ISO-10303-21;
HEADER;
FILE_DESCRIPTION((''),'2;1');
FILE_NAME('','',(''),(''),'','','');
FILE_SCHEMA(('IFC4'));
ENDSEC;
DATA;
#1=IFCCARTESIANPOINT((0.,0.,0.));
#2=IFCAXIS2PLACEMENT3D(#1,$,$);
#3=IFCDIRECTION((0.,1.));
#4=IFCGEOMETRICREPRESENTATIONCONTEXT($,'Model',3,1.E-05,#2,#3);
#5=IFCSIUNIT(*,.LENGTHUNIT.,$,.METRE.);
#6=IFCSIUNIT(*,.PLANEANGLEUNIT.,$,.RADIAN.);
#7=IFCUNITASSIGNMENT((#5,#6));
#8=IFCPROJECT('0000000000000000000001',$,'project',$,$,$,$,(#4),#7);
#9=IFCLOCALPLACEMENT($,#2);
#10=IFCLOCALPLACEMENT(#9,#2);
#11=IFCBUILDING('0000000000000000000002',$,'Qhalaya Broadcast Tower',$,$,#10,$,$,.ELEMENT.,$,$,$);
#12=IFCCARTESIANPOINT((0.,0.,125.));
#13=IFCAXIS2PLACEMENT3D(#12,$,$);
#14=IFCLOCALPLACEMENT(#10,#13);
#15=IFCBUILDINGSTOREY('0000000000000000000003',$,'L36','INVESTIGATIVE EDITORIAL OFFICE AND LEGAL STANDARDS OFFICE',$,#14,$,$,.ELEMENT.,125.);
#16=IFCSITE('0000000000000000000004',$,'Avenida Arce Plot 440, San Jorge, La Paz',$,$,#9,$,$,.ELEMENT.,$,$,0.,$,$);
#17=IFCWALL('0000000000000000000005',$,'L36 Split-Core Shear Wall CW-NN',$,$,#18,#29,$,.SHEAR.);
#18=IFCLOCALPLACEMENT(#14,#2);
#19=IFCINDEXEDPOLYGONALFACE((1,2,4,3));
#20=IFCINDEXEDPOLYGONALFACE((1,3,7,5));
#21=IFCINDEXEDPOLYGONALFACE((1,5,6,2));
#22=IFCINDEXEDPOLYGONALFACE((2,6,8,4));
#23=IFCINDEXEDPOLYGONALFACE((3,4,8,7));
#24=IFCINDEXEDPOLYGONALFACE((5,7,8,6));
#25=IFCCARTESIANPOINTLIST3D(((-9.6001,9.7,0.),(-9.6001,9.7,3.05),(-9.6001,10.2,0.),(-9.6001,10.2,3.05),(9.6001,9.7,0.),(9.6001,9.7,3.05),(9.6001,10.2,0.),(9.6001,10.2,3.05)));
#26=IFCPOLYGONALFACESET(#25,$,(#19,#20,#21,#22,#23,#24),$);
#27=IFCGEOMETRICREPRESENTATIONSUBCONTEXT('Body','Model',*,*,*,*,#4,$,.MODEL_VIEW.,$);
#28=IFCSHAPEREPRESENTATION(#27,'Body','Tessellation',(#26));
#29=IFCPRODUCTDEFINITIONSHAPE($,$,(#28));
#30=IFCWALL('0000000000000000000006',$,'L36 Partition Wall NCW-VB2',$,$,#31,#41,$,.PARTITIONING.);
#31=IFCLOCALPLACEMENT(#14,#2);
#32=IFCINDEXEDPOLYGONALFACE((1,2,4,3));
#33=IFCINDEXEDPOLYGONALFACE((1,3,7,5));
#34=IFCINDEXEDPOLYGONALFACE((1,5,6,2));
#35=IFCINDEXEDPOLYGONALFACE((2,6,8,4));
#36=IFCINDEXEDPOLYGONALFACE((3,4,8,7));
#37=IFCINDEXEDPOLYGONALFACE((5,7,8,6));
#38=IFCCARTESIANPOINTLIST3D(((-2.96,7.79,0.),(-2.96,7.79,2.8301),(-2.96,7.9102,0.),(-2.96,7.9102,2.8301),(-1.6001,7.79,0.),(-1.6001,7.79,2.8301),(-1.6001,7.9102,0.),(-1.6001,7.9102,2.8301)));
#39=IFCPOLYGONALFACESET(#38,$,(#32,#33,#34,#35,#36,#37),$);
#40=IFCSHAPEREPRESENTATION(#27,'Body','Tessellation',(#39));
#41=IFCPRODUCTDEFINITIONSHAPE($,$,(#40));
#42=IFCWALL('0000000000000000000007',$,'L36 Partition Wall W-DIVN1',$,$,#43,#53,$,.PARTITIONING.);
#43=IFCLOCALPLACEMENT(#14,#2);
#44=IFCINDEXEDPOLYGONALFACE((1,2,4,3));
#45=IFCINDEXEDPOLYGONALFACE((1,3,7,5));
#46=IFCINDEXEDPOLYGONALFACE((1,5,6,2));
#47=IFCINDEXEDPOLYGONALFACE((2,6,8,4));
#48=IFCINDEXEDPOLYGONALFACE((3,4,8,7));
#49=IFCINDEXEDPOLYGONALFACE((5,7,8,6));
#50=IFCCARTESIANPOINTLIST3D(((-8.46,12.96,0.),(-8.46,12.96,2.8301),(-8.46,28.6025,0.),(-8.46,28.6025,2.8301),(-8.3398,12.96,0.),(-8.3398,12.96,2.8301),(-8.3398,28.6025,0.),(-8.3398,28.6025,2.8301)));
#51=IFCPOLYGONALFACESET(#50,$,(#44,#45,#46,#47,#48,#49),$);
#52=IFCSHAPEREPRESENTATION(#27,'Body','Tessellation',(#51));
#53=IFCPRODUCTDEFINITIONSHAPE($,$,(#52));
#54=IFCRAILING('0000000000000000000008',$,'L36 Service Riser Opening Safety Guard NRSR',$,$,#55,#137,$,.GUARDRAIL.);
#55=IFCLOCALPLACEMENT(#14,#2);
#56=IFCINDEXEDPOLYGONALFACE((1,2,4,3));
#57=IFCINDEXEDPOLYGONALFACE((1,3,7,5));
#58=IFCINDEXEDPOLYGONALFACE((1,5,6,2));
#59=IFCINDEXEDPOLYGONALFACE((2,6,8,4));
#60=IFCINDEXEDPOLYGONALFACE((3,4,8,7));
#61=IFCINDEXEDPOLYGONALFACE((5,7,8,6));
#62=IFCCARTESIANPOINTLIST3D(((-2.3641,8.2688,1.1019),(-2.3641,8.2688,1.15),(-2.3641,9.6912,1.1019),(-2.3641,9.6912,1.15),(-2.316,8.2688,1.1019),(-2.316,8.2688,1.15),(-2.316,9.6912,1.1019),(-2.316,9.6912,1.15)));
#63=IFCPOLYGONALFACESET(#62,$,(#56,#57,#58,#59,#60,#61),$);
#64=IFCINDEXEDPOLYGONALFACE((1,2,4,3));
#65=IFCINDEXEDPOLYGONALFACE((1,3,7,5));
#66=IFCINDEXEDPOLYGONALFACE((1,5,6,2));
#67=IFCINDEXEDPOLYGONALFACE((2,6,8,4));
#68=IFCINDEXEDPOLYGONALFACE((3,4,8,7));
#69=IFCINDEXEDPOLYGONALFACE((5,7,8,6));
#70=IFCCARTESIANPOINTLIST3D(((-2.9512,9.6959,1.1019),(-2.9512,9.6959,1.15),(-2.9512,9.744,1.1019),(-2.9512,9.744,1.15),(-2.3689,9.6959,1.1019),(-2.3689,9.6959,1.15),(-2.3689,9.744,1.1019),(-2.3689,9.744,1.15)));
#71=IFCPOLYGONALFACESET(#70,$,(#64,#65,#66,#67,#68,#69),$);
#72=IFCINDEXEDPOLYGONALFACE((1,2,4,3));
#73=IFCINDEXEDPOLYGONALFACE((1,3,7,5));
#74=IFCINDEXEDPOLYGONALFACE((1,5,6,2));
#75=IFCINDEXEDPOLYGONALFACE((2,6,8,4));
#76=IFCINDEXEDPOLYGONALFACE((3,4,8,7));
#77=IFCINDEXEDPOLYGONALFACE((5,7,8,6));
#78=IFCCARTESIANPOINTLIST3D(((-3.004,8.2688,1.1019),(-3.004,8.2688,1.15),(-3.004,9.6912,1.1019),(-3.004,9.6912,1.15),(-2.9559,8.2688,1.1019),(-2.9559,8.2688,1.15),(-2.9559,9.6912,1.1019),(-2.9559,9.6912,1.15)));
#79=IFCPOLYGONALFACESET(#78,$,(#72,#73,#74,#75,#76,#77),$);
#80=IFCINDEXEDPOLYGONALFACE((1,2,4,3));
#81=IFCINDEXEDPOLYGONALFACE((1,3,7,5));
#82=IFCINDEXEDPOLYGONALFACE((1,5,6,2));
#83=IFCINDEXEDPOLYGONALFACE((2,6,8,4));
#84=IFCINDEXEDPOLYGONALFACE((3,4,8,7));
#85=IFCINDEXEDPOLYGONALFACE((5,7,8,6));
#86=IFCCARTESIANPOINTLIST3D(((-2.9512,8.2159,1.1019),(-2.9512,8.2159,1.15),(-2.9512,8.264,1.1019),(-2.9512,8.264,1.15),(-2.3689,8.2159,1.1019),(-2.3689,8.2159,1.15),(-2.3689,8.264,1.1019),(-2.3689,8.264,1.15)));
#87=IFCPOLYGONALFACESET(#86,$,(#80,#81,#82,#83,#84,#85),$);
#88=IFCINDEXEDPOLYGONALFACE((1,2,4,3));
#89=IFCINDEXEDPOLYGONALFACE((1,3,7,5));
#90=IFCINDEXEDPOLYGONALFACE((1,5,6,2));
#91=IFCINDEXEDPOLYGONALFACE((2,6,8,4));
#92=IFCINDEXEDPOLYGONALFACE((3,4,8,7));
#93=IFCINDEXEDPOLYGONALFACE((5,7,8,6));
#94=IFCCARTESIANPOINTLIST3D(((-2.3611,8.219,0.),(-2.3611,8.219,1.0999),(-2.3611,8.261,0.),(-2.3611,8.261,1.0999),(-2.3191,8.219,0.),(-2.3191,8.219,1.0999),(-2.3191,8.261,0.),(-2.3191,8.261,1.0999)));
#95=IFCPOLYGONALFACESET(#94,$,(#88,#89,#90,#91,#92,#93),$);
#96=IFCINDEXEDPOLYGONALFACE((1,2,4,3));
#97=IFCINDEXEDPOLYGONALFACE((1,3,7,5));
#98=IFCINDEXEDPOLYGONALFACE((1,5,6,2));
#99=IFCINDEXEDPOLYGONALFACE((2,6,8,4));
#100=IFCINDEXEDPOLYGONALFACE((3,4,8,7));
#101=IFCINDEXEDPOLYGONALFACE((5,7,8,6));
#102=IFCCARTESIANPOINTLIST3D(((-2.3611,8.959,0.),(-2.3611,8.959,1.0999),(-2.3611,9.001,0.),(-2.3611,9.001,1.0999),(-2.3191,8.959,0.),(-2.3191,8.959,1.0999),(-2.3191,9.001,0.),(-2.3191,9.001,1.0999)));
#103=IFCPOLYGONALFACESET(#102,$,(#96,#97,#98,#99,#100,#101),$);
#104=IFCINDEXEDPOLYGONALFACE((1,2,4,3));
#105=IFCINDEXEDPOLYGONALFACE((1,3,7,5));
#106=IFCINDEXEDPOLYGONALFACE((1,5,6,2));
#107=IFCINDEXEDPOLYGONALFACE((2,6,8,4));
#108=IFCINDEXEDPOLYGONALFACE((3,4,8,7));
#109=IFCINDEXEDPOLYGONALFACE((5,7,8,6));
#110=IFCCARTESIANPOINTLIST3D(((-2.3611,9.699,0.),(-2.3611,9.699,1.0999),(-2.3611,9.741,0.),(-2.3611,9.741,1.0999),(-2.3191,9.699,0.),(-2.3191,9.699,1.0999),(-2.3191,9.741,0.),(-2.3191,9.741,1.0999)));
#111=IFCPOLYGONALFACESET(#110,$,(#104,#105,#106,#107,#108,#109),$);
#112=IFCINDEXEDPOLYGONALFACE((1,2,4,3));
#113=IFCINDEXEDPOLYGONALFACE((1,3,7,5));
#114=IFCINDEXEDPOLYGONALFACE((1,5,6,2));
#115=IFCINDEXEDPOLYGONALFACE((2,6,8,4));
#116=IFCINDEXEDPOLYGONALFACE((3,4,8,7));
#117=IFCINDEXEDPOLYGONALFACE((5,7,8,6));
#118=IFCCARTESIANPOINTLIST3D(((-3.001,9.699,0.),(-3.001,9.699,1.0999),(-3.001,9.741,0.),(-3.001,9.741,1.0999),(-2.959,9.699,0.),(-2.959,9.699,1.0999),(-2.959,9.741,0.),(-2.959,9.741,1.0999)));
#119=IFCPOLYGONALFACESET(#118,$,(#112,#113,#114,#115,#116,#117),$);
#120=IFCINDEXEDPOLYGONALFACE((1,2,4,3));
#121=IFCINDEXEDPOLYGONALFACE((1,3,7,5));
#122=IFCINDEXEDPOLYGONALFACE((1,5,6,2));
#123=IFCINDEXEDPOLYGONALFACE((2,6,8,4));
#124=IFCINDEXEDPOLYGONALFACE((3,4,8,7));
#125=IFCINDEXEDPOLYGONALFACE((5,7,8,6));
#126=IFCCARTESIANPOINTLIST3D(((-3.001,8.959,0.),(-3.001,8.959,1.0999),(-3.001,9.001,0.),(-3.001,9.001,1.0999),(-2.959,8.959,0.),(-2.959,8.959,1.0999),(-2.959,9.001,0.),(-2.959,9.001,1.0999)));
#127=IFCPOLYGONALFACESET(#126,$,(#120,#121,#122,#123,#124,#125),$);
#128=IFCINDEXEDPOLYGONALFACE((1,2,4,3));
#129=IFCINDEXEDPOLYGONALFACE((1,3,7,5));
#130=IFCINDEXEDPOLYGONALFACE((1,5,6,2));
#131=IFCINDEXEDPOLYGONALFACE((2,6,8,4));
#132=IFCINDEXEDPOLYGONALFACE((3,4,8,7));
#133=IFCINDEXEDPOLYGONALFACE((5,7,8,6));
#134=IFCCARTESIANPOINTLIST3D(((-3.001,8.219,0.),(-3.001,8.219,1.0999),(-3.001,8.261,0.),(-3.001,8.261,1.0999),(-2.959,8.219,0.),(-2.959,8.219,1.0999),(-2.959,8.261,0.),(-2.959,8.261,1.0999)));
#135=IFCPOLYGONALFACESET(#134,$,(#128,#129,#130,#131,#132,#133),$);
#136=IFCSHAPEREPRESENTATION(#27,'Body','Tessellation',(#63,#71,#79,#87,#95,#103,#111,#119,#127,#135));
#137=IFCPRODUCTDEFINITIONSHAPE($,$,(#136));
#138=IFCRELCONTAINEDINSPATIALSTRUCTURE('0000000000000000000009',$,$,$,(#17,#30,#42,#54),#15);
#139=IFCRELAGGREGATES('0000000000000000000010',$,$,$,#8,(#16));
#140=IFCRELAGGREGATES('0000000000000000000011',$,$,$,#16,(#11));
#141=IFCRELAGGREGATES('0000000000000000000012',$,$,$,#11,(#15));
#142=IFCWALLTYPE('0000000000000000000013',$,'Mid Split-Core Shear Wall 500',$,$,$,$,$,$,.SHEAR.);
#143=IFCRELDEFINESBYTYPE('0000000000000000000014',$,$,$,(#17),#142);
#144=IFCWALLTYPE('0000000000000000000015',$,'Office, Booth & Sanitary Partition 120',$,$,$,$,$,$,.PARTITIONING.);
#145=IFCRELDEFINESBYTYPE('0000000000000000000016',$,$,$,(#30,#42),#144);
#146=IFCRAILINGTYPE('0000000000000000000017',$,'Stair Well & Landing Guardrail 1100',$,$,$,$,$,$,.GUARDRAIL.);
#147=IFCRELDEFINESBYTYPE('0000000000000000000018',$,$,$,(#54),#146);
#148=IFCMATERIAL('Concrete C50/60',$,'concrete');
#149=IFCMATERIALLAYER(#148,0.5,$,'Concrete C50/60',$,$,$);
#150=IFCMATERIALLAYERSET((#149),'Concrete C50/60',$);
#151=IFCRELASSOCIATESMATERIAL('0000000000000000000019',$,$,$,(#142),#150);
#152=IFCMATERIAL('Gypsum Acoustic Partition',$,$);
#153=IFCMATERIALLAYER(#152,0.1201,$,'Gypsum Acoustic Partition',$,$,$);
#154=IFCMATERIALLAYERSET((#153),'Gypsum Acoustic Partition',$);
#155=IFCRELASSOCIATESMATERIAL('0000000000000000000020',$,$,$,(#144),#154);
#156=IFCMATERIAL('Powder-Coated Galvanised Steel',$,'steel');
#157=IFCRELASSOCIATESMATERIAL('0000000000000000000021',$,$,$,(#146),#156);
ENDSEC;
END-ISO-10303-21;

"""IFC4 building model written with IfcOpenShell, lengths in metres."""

from ifc_helpers import new_model, si_unit, direction, frame, frame_2d, origin, origin_2d, place, context, subcontext, project, spatial, rectangle, extrude, material, layer, layer_set, type_object, element, save


model = new_model("IFC4")

# Units and contexts
model_context = context("Model", 3, precision=1e-05, world=origin(), true_north=direction((0.0, 1.0)))
body_context = subcontext(model_context, "Body", "Model", "MODEL_VIEW")
ifc_project = project(units=[si_unit("LENGTHUNIT", "METRE"), si_unit("PLANEANGLEUNIT", "RADIAN")], contexts=[model_context])

# Site, building, storey
site_placement = place(None, origin())
site = spatial("IfcSite", under=ifc_project, at=site_placement, Name="Avenida Arce Plot 440, San Jorge, La Paz", CompositionType="ELEMENT", RefElevation=0.0)
building_placement = place(site_placement, origin())
building = spatial("IfcBuilding", under=site, at=building_placement, Name="Qhalaya Broadcast Tower", CompositionType="ELEMENT")
storey_placement = place(building_placement, frame((0.0, 0.0, 125.0)))
storey = spatial("IfcBuildingStorey", under=building, at=storey_placement, Name="L36", Description="INVESTIGATIVE EDITORIAL OFFICE AND LEGAL STANDARDS OFFICE", CompositionType="ELEMENT", Elevation=125.0)

# Shared definitions
ifc_material_1 = material(Name="Concrete C50/60", Category="concrete")

# Shared definitions
ifc_material_2 = material(Name="Gypsum Acoustic Partition")

# Walls
ifc_layer_1 = layer(ifc_material_1, 0.5, Name="Concrete C50/60")
ifc_layer_set_1 = layer_set([ifc_layer_1], Name="Concrete C50/60")
wall_type_1 = type_object("IfcWallType", Name="Mid Split-Core Shear Wall 500", PredefinedType="SHEAR", material=ifc_layer_set_1)
wall_1_placement = place(storey_placement, frame((-9.6001, 9.95, 0.0), z_axis=(0.0, 0.0, 1.0), x_axis=(1.0, 0.0, 0.0)))
element("IfcWall", 1, at=wall_1_placement, inside=storey, type_object=wall_type_1, Name="L36 Split-Core Shear Wall CW-NN", PredefinedType="SHEAR", context=body_context, shape_type="SweptSolid", body=[
    extrude(rectangle(XDim=19.2002, YDim=0.5, at=frame_2d((9.6001, 0.0))), origin(), (0.0, 0.0, 1.0), 3.05),
])
ifc_layer_2 = layer(ifc_material_2, 0.1201, Name="Gypsum Acoustic Partition")
ifc_layer_set_2 = layer_set([ifc_layer_2], Name="Gypsum Acoustic Partition")
wall_type_2 = type_object("IfcWallType", Name="Office, Booth & Sanitary Partition 120", PredefinedType="PARTITIONING", material=ifc_layer_set_2)
wall_2_placement = place(storey_placement, frame((-2.96, 7.8501, 0.0), z_axis=(0.0, 0.0, 1.0), x_axis=(1.0, 0.0, 0.0)))
element("IfcWall", 2, at=wall_2_placement, inside=storey, type_object=wall_type_2, Name="L36 Partition Wall NCW-VB2", PredefinedType="PARTITIONING", context=body_context, shape_type="SweptSolid", body=[
    extrude(rectangle(XDim=1.3599, YDim=0.1201, at=frame_2d((0.6799, 0.0))), origin(), (0.0, 0.0, 1.0), 2.8301),
])
wall_3_placement = place(storey_placement, frame((-8.3999, 12.96, 0.0), z_axis=(0.0, 0.0, 1.0), x_axis=(0.0, 1.0, 0.0)))
element("IfcWall", 3, at=wall_3_placement, inside=storey, type_object=wall_type_2, Name="L36 Partition Wall W-DIVN1", PredefinedType="PARTITIONING", context=body_context, shape_type="SweptSolid", body=[
    extrude(rectangle(XDim=15.6426, YDim=0.1201, at=frame_2d((7.8213, 0.0))), origin(), (0.0, 0.0, 1.0), 2.8301),
])

# Railing
ifc_material_3 = material(Name="Powder-Coated Galvanised Steel", Category="steel")
railing_type = type_object("IfcRailingType", Name="Stair Well & Landing Guardrail 1100", PredefinedType="GUARDRAIL", material=ifc_material_3)
railing_placement = place(storey_placement, frame((-2.3401, 8.24, 0.0)))
element("IfcRailing", 4, at=railing_placement, inside=storey, type_object=railing_type, Name="L36 Service Riser Opening Safety Guard NRSR", PredefinedType="GUARDRAIL", context=body_context, shape_type="SweptSolid", body=[
    extrude(rectangle(XDim=0.0481, YDim=0.0481, at=origin_2d()), frame((0.0, 0.0288, 1.126), z_axis=(0.0, 1.0, 0.0), x_axis=(-1.0, 0.0, 0.0)), (0.0, 0.0, 1.0), 1.4224),
    extrude(rectangle(XDim=0.0481, YDim=0.0481, at=origin_2d()), frame((-0.0288, 1.48, 1.126), z_axis=(-1.0, 0.0, 0.0), x_axis=(0.0, -1.0, 0.0)), (0.0, 0.0, 1.0), 0.5823),
    extrude(rectangle(XDim=0.0481, YDim=0.0481, at=origin_2d()), frame((-0.6399, 1.4512, 1.126), z_axis=(0.0, -1.0, 0.0), x_axis=(1.0, 0.0, 0.0)), (0.0, 0.0, 1.0), 1.4224),
    extrude(rectangle(XDim=0.0481, YDim=0.0481, at=origin_2d()), frame((-0.6111, 0.0, 1.126), z_axis=(1.0, 0.0, 0.0), x_axis=(0.0, 1.0, 0.0)), (0.0, 0.0, 1.0), 0.5823),
    extrude(rectangle(XDim=0.042, YDim=0.042, at=origin_2d()), origin(), (0.0, 0.0, 1.0), 1.0999),
    extrude(rectangle(XDim=0.042, YDim=0.042, at=origin_2d()), frame((0.0, 0.74, 0.0)), (0.0, 0.0, 1.0), 1.0999),
    extrude(rectangle(XDim=0.042, YDim=0.042, at=origin_2d()), frame((0.0, 1.48, 0.0)), (0.0, 0.0, 1.0), 1.0999),
    extrude(rectangle(XDim=0.042, YDim=0.042, at=origin_2d()), frame((-0.6399, 1.48, 0.0)), (0.0, 0.0, 1.0), 1.0999),
    extrude(rectangle(XDim=0.042, YDim=0.042, at=origin_2d()), frame((-0.6399, 0.74, 0.0)), (0.0, 0.0, 1.0), 1.0999),
    extrude(rectangle(XDim=0.042, YDim=0.042, at=origin_2d()), frame((-0.6399, 0.0, 0.0)), (0.0, 0.0, 1.0), 1.0999),
])

save(model, "model.ifc")
